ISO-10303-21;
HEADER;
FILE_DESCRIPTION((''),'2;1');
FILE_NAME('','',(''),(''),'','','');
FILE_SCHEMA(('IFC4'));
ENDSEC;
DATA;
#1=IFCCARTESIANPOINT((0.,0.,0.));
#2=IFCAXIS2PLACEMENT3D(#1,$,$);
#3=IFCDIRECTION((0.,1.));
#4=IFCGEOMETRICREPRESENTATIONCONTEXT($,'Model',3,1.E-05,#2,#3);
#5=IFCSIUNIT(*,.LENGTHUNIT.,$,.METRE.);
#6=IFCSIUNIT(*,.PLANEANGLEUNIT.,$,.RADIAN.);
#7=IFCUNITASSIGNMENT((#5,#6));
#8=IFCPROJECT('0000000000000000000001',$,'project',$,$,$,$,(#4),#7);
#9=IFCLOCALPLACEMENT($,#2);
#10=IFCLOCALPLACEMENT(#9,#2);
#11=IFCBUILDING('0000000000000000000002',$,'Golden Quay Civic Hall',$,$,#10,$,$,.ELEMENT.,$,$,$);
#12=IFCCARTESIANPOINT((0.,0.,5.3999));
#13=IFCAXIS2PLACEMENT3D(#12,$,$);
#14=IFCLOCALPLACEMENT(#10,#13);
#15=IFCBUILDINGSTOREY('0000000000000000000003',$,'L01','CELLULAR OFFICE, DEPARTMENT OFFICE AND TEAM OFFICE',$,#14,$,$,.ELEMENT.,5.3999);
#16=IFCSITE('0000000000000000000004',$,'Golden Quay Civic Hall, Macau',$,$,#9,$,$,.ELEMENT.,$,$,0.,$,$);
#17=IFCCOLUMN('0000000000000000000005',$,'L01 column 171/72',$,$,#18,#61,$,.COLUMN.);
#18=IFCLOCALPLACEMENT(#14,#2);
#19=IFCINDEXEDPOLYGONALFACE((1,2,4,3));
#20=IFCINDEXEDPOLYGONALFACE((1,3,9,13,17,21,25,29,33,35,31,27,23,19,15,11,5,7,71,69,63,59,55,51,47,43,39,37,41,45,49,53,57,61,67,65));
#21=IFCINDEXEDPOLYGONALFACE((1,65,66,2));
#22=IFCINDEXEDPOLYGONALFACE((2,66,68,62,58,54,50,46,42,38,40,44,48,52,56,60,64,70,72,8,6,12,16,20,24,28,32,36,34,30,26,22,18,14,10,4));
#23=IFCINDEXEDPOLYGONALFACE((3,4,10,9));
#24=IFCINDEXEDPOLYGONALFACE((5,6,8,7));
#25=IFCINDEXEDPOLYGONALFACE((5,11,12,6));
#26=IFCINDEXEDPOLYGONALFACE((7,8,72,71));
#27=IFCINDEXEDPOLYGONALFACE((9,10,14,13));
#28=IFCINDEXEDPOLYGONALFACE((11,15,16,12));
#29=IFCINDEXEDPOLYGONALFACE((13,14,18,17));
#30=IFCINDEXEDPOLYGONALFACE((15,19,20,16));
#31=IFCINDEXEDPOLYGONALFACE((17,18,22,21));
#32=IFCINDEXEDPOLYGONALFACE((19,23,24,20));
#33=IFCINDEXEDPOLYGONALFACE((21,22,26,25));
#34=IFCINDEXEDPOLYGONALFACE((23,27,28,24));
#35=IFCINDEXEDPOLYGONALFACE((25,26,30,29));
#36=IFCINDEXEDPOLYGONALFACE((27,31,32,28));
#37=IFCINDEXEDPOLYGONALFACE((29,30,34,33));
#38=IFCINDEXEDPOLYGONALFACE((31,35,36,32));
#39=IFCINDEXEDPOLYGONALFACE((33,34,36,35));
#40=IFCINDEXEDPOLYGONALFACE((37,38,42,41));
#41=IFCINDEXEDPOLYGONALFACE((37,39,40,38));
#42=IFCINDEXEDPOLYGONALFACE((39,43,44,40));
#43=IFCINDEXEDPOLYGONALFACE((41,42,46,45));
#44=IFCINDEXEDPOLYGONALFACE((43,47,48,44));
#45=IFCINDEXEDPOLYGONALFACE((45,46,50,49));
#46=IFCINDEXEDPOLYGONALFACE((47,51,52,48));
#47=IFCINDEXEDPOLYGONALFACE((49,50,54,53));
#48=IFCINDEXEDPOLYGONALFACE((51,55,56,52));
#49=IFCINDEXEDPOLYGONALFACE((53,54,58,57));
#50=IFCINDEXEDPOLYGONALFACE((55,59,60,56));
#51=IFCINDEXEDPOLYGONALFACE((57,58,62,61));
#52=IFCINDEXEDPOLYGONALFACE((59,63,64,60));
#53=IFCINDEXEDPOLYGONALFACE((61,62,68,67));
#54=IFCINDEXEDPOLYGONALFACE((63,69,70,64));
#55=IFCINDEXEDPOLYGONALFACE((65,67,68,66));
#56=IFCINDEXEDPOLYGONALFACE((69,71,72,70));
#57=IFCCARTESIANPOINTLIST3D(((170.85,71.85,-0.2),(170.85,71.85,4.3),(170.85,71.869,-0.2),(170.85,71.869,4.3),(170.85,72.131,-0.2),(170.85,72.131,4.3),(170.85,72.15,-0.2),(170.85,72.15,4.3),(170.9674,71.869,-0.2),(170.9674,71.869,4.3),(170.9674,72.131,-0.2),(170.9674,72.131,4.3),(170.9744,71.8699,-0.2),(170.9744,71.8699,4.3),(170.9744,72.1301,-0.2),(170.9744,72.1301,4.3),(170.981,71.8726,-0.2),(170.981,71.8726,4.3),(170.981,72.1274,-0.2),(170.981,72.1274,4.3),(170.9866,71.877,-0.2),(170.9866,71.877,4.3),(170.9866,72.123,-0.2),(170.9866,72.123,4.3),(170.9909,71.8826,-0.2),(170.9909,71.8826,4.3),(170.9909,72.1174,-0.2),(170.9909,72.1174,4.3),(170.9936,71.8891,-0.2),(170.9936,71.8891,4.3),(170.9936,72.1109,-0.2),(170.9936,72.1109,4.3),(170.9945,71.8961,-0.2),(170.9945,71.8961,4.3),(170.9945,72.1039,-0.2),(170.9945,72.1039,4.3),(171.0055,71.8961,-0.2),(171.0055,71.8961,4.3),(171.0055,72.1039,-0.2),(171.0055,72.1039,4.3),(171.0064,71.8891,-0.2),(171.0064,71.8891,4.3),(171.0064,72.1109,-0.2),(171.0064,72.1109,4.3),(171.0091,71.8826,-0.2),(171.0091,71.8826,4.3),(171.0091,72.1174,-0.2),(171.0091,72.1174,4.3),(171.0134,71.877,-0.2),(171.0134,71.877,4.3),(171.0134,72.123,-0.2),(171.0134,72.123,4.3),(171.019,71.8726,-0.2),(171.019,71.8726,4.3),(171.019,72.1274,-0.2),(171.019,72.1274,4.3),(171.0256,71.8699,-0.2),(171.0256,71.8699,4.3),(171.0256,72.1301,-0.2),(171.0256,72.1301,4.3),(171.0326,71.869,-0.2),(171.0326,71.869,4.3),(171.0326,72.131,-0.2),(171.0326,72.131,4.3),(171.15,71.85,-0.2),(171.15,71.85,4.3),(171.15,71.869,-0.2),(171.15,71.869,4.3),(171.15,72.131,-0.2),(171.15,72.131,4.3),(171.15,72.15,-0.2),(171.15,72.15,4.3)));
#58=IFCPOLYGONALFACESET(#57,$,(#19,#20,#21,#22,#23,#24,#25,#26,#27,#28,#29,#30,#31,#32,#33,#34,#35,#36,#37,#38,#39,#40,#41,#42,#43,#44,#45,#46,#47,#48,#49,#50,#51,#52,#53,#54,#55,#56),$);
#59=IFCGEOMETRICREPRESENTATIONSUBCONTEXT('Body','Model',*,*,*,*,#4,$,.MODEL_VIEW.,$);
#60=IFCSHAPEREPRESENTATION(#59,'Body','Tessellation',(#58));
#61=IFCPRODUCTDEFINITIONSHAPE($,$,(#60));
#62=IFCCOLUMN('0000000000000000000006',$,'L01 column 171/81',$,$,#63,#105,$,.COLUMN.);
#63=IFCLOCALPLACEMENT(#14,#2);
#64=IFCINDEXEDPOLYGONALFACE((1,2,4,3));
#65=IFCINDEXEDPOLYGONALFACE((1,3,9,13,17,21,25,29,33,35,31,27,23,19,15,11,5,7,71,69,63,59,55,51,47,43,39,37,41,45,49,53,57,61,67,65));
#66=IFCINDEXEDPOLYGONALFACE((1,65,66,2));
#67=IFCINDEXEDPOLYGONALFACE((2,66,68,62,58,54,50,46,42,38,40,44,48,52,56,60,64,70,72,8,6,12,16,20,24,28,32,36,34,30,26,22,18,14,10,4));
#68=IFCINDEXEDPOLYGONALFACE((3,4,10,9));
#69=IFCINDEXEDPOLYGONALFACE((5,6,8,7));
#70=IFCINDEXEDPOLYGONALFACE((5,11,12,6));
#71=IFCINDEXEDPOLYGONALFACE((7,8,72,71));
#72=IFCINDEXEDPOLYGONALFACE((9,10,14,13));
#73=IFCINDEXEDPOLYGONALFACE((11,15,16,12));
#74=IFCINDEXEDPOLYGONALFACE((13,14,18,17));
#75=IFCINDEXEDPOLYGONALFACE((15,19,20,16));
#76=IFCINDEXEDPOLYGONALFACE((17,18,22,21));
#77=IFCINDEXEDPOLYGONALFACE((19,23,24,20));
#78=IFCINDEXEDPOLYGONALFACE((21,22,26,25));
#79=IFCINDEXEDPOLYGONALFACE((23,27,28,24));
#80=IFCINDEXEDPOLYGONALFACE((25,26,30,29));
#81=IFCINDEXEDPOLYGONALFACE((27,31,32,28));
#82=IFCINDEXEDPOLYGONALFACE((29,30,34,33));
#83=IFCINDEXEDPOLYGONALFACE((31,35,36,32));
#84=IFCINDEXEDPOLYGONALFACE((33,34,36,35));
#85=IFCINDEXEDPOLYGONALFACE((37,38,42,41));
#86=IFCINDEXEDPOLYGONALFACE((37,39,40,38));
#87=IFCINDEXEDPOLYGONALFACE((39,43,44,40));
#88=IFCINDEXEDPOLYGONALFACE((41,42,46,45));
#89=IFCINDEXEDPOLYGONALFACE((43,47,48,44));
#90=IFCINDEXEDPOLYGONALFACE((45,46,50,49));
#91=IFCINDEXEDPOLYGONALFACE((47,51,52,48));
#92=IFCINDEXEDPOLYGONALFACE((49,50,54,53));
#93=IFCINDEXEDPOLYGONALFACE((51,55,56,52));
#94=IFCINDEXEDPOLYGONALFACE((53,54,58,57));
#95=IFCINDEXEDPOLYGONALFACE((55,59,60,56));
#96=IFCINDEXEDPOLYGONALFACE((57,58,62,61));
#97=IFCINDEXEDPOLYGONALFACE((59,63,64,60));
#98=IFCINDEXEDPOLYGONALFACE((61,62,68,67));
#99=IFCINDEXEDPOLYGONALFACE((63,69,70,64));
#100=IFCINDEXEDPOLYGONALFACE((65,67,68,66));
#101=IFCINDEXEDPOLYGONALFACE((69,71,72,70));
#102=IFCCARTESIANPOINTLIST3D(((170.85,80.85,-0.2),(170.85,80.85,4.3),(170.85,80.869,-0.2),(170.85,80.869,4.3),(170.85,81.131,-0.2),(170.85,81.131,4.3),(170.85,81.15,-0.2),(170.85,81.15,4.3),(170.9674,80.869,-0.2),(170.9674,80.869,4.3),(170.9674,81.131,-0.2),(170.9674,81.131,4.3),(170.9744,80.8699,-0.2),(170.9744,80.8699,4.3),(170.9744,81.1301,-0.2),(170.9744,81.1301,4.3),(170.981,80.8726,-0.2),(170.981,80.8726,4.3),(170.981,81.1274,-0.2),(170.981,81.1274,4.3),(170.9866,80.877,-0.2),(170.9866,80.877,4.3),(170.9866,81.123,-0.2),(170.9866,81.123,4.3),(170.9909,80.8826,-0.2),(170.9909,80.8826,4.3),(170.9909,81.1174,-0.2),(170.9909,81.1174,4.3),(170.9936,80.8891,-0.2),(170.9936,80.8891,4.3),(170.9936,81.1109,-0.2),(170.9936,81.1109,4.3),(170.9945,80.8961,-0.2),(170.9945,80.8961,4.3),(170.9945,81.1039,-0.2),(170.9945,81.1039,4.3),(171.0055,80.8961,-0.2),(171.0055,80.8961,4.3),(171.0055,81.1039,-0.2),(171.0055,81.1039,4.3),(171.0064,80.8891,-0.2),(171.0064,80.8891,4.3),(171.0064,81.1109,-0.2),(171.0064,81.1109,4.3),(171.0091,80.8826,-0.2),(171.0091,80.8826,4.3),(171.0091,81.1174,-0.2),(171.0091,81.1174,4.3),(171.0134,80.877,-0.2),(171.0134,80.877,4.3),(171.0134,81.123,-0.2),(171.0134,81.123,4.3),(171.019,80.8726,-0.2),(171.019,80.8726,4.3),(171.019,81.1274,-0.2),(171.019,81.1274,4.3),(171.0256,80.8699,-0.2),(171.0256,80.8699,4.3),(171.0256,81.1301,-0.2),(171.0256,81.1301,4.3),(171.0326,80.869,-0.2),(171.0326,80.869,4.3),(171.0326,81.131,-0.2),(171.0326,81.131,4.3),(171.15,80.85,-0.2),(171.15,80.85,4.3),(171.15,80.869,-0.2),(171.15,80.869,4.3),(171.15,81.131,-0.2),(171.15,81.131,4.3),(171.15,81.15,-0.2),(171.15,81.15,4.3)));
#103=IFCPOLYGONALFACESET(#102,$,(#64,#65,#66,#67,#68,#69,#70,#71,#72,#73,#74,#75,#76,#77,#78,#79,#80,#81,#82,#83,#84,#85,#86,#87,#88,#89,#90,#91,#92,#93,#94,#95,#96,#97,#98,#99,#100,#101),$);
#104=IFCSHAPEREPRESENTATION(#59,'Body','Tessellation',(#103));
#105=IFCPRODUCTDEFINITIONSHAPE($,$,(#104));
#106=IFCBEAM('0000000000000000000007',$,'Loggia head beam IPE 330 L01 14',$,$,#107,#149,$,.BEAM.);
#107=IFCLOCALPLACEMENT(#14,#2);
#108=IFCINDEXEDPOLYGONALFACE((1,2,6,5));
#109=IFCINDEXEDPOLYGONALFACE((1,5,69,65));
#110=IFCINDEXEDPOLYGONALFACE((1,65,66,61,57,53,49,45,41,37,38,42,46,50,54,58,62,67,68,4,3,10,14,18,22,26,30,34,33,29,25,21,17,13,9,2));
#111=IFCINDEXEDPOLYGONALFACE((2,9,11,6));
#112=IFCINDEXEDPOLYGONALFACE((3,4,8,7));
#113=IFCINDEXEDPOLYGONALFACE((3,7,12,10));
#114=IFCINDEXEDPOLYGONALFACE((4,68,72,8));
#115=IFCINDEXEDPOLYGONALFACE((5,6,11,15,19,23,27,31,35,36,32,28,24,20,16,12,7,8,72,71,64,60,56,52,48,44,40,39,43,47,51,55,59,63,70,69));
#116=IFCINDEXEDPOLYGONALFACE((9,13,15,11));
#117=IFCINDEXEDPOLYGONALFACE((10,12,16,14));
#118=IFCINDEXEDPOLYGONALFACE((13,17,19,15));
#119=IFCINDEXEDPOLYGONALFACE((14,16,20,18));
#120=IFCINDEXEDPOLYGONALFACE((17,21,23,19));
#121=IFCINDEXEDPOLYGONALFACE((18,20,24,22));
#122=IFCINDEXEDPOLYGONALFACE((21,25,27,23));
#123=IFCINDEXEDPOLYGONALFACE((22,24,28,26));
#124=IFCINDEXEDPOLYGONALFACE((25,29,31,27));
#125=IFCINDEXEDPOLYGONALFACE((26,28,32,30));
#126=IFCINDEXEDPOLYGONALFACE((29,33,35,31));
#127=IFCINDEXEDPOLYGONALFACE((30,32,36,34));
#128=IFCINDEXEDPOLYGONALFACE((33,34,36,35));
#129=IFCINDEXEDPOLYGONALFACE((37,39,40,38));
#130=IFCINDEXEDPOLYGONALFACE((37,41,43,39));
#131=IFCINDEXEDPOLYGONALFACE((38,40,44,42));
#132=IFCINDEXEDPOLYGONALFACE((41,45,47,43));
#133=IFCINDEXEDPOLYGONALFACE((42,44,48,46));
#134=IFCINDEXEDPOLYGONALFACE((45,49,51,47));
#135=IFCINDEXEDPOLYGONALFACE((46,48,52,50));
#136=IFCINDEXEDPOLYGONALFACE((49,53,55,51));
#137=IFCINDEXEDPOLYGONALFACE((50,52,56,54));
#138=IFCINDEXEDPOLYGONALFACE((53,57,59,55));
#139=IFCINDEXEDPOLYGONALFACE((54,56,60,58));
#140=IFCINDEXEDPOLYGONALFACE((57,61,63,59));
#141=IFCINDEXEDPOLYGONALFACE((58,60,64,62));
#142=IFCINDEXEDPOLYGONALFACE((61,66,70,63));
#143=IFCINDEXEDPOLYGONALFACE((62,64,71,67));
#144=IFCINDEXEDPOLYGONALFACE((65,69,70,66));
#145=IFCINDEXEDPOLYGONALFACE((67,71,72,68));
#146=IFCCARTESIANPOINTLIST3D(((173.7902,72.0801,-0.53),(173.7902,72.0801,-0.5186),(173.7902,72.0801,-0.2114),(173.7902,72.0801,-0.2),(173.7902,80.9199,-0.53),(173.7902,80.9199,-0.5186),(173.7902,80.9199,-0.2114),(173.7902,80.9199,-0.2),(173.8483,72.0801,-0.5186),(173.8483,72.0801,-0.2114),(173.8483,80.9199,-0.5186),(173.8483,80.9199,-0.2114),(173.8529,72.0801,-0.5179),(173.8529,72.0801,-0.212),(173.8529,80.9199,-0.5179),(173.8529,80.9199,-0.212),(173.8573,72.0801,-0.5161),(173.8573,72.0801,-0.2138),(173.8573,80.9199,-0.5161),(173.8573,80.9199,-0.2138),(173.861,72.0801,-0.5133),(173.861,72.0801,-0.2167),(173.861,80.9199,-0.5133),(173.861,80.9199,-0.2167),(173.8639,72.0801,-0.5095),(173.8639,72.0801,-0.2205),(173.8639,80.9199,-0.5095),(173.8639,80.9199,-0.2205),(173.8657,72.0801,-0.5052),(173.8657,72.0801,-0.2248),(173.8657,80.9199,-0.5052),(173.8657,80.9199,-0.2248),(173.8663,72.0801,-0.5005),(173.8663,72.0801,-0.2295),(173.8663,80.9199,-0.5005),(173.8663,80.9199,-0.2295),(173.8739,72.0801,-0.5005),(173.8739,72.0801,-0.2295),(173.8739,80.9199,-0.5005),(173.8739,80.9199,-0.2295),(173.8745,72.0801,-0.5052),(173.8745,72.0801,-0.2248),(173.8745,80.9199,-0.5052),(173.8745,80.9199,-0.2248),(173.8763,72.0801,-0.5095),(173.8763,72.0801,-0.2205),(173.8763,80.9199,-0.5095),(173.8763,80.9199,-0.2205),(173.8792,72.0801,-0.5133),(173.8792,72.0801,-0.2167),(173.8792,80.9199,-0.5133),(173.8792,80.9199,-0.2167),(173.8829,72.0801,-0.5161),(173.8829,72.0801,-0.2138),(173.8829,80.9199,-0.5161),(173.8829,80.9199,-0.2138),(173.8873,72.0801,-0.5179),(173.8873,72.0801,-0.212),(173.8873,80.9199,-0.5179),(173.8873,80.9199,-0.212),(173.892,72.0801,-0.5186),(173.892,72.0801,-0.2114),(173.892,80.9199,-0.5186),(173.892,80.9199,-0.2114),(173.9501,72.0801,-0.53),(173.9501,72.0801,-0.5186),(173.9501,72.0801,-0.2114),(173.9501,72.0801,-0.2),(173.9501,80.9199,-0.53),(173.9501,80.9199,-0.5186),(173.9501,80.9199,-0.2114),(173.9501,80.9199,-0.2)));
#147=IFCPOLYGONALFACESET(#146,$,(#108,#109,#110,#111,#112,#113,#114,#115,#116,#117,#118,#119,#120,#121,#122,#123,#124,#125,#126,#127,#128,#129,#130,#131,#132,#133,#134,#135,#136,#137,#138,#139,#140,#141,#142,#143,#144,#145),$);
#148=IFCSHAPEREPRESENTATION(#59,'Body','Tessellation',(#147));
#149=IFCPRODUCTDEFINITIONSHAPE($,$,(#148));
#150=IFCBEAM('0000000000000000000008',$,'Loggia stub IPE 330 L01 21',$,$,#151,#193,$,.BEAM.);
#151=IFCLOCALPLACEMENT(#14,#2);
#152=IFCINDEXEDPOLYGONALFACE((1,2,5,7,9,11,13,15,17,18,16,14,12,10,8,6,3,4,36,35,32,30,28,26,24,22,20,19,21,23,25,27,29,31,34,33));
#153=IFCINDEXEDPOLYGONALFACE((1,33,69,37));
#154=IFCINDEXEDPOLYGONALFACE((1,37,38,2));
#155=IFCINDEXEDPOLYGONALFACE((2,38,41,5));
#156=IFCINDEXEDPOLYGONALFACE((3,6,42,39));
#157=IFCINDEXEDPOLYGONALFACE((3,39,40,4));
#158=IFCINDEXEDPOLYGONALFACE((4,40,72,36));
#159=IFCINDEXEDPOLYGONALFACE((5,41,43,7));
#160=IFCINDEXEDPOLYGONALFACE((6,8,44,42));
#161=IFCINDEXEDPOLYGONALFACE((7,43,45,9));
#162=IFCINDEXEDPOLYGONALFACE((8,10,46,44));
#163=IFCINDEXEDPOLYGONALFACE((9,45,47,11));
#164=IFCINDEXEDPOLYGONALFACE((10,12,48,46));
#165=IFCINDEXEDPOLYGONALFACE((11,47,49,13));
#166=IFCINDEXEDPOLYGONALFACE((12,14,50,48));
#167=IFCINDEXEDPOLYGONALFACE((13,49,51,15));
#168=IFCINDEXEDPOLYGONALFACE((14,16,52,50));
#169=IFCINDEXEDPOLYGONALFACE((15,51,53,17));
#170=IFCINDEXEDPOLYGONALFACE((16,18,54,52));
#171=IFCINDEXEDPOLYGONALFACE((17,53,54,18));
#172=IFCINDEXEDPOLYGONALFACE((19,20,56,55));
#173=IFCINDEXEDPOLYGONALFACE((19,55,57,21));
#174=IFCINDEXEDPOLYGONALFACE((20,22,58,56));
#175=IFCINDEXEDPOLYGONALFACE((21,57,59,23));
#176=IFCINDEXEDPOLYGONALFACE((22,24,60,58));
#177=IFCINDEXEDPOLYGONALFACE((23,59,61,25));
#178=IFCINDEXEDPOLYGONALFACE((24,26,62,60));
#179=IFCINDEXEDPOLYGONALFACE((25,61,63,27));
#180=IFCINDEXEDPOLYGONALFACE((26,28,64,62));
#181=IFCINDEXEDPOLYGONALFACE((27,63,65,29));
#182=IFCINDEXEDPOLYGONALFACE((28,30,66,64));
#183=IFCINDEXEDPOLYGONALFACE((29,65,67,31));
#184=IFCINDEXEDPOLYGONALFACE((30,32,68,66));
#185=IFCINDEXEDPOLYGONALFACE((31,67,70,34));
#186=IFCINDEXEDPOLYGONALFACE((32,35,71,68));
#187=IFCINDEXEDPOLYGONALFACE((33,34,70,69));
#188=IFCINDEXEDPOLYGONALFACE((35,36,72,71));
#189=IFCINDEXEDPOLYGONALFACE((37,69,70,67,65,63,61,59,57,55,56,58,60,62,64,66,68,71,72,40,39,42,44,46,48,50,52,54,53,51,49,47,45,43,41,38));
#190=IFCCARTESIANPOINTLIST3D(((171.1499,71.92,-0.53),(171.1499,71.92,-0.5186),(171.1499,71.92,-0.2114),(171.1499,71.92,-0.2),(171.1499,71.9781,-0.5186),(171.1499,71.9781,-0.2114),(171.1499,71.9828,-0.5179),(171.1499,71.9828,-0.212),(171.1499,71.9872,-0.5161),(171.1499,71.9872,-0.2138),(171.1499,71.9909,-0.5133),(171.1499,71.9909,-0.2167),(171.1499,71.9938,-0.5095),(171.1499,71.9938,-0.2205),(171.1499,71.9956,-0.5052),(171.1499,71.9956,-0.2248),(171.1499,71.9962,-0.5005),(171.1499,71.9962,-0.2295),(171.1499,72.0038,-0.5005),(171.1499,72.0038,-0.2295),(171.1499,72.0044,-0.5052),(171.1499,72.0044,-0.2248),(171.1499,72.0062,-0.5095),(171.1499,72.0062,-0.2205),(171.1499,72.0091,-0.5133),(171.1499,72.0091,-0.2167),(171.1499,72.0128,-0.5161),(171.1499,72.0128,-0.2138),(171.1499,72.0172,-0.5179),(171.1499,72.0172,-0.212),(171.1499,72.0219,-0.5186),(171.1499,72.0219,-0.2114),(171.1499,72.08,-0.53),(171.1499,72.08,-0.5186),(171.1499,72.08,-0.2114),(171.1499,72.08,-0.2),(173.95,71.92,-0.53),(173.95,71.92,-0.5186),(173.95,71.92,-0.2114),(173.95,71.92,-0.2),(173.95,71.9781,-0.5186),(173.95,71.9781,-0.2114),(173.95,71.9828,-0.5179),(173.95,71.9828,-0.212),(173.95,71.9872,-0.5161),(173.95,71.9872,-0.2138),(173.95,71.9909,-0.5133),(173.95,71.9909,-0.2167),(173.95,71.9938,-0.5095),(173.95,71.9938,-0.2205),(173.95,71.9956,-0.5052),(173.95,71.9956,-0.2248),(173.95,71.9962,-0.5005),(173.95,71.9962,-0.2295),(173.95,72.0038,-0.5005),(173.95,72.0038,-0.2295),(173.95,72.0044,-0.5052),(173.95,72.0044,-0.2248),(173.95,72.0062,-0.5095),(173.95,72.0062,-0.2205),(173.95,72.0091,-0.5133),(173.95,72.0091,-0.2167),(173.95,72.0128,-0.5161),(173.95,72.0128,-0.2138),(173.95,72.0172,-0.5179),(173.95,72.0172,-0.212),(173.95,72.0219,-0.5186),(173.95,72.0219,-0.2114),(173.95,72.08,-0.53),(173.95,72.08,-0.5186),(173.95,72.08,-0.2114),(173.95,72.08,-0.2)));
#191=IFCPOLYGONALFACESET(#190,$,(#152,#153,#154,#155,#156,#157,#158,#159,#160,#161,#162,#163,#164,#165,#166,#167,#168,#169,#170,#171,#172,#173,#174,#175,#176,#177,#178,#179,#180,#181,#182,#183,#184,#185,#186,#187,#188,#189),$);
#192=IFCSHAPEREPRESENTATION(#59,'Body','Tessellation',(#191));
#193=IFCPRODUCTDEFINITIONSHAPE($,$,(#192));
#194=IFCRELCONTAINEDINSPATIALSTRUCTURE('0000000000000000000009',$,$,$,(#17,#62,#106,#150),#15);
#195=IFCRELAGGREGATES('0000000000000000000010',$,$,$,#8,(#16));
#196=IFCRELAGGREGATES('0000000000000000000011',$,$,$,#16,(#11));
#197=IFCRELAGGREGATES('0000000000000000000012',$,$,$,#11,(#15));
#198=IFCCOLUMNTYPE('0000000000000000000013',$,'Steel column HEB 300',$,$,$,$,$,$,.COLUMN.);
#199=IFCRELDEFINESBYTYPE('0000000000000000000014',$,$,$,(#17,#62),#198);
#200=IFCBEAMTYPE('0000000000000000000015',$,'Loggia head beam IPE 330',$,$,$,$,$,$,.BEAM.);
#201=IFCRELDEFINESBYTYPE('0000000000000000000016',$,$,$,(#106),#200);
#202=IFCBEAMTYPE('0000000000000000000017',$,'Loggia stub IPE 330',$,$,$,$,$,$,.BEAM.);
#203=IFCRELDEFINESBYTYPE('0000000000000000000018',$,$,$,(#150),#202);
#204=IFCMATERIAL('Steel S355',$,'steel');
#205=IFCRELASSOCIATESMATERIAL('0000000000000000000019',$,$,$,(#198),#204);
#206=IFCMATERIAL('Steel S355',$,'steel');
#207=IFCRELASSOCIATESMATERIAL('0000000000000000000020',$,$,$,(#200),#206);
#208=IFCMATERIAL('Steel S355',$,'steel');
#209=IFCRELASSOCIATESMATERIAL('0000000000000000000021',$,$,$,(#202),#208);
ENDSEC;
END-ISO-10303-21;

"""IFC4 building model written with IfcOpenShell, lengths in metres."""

from ifc_helpers import new_model, si_unit, direction, frame, origin, origin_2d, place, context, subcontext, project, spatial, i_section, extrude, material, material_profile, profile_set, type_object, element, save


model = new_model("IFC4")

# Units and contexts
model_context = context("Model", 3, precision=1e-05, world=origin(), true_north=direction((0.0, 1.0)))
body_context = subcontext(model_context, "Body", "Model", "MODEL_VIEW")
ifc_project = project(units=[si_unit("LENGTHUNIT", "METRE"), si_unit("PLANEANGLEUNIT", "RADIAN")], contexts=[model_context])

# Site, building, storey
site_placement = place(None, origin())
site = spatial("IfcSite", under=ifc_project, at=site_placement, Name="Golden Quay Civic Hall, Macau", CompositionType="ELEMENT", RefElevation=0.0)
building_placement = place(site_placement, origin())
building = spatial("IfcBuilding", under=site, at=building_placement, Name="Golden Quay Civic Hall", CompositionType="ELEMENT")
storey_placement = place(building_placement, frame((0.0, 0.0, 5.3999)))
storey = spatial("IfcBuildingStorey", under=building, at=storey_placement, Name="L01", Description="CELLULAR OFFICE, DEPARTMENT OFFICE AND TEAM OFFICE", CompositionType="ELEMENT", Elevation=5.3999)

# Columns
ifc_material_1 = material(Name="Steel S355", Category="steel")
ifc_material_profile_1 = material_profile(ifc_material_1, i_section(OverallWidth=0.3, OverallDepth=0.3, WebThickness=0.011, FlangeThickness=0.019, FilletRadius=0.0271, at=origin_2d()), Name="HEB 300")
ifc_profile_set_1 = profile_set([ifc_material_profile_1], Name="Steel S355")
column_type = type_object("IfcColumnType", Name="Steel column HEB 300", PredefinedType="COLUMN", material=ifc_profile_set_1)
for number, where, z_axis, x_axis, name in (
    (1, (171.0, 72.0, -0.2), (0.0, 0.0, 1.0), (1.0, 0.0, 0.0), "L01 column 171/72"),
    (2, (171.0, 81.0, -0.2), (0.0, 0.0, 1.0), (1.0, 0.0, 0.0), "L01 column 171/81"),
):
    element("IfcColumn", number, at=place(storey_placement, frame(where, z_axis=z_axis, x_axis=x_axis)), inside=storey, type_object=column_type, Name=name, PredefinedType="COLUMN", context=body_context, shape_type="SweptSolid", body=[
        extrude(i_section(OverallWidth=0.3, OverallDepth=0.3, WebThickness=0.011, FlangeThickness=0.019, FilletRadius=0.0271, at=origin_2d()), origin(), (0.0, 0.0, 1.0), 4.5),
    ])

# Beams
ifc_material_2 = material(Name="Steel S355", Category="steel")
ifc_material_profile_2 = material_profile(ifc_material_2, i_section(OverallWidth=0.1599, OverallDepth=0.3301, WebThickness=0.0076, FlangeThickness=0.0115, FilletRadius=0.0181, at=origin_2d()), Name="IPE 330")
ifc_profile_set_2 = profile_set([ifc_material_profile_2], Name="Steel S355")
beam_type_1 = type_object("IfcBeamType", Name="Loggia head beam IPE 330", PredefinedType="BEAM", material=ifc_profile_set_2)
beam_1_placement = place(storey_placement, frame((173.8701, 72.0801, -0.365), z_axis=(0.0, 1.0, 0.0), x_axis=(-1.0, 0.0, 0.0)))
element("IfcBeam", 3, at=beam_1_placement, inside=storey, type_object=beam_type_1, Name="Loggia head beam IPE 330 L01 14", PredefinedType="BEAM", context=body_context, shape_type="SweptSolid", body=[
    extrude(i_section(OverallWidth=0.1599, OverallDepth=0.3301, WebThickness=0.0076, FlangeThickness=0.0115, FilletRadius=0.0181, at=origin_2d()), origin(), (0.0, 0.0, 1.0), 8.8398),
])
ifc_material_3 = material(Name="Steel S355", Category="steel")
ifc_material_profile_3 = material_profile(ifc_material_3, i_section(OverallWidth=0.1599, OverallDepth=0.3301, WebThickness=0.0076, FlangeThickness=0.0115, FilletRadius=0.0181, at=origin_2d()), Name="IPE 330")
ifc_profile_set_3 = profile_set([ifc_material_profile_3], Name="Steel S355")
beam_type_2 = type_object("IfcBeamType", Name="Loggia stub IPE 330", PredefinedType="BEAM", material=ifc_profile_set_3)
for number, where, z_axis, x_axis, name in (
    (4, (171.1499, 72.0, -0.365), (1.0, 0.0, 0.0), (0.0, 1.0, 0.0), "Loggia stub IPE 330 L01 21"),
):
    element("IfcBeam", number, at=place(storey_placement, frame(where, z_axis=z_axis, x_axis=x_axis)), inside=storey, type_object=beam_type_2, Name=name, PredefinedType="BEAM", context=body_context, shape_type="SweptSolid", body=[
        extrude(i_section(OverallWidth=0.1599, OverallDepth=0.3301, WebThickness=0.0076, FlangeThickness=0.0115, FilletRadius=0.0181, at=origin_2d()), origin(), (0.0, 0.0, 1.0), 2.8),
    ])

save(model, "model.ifc")
